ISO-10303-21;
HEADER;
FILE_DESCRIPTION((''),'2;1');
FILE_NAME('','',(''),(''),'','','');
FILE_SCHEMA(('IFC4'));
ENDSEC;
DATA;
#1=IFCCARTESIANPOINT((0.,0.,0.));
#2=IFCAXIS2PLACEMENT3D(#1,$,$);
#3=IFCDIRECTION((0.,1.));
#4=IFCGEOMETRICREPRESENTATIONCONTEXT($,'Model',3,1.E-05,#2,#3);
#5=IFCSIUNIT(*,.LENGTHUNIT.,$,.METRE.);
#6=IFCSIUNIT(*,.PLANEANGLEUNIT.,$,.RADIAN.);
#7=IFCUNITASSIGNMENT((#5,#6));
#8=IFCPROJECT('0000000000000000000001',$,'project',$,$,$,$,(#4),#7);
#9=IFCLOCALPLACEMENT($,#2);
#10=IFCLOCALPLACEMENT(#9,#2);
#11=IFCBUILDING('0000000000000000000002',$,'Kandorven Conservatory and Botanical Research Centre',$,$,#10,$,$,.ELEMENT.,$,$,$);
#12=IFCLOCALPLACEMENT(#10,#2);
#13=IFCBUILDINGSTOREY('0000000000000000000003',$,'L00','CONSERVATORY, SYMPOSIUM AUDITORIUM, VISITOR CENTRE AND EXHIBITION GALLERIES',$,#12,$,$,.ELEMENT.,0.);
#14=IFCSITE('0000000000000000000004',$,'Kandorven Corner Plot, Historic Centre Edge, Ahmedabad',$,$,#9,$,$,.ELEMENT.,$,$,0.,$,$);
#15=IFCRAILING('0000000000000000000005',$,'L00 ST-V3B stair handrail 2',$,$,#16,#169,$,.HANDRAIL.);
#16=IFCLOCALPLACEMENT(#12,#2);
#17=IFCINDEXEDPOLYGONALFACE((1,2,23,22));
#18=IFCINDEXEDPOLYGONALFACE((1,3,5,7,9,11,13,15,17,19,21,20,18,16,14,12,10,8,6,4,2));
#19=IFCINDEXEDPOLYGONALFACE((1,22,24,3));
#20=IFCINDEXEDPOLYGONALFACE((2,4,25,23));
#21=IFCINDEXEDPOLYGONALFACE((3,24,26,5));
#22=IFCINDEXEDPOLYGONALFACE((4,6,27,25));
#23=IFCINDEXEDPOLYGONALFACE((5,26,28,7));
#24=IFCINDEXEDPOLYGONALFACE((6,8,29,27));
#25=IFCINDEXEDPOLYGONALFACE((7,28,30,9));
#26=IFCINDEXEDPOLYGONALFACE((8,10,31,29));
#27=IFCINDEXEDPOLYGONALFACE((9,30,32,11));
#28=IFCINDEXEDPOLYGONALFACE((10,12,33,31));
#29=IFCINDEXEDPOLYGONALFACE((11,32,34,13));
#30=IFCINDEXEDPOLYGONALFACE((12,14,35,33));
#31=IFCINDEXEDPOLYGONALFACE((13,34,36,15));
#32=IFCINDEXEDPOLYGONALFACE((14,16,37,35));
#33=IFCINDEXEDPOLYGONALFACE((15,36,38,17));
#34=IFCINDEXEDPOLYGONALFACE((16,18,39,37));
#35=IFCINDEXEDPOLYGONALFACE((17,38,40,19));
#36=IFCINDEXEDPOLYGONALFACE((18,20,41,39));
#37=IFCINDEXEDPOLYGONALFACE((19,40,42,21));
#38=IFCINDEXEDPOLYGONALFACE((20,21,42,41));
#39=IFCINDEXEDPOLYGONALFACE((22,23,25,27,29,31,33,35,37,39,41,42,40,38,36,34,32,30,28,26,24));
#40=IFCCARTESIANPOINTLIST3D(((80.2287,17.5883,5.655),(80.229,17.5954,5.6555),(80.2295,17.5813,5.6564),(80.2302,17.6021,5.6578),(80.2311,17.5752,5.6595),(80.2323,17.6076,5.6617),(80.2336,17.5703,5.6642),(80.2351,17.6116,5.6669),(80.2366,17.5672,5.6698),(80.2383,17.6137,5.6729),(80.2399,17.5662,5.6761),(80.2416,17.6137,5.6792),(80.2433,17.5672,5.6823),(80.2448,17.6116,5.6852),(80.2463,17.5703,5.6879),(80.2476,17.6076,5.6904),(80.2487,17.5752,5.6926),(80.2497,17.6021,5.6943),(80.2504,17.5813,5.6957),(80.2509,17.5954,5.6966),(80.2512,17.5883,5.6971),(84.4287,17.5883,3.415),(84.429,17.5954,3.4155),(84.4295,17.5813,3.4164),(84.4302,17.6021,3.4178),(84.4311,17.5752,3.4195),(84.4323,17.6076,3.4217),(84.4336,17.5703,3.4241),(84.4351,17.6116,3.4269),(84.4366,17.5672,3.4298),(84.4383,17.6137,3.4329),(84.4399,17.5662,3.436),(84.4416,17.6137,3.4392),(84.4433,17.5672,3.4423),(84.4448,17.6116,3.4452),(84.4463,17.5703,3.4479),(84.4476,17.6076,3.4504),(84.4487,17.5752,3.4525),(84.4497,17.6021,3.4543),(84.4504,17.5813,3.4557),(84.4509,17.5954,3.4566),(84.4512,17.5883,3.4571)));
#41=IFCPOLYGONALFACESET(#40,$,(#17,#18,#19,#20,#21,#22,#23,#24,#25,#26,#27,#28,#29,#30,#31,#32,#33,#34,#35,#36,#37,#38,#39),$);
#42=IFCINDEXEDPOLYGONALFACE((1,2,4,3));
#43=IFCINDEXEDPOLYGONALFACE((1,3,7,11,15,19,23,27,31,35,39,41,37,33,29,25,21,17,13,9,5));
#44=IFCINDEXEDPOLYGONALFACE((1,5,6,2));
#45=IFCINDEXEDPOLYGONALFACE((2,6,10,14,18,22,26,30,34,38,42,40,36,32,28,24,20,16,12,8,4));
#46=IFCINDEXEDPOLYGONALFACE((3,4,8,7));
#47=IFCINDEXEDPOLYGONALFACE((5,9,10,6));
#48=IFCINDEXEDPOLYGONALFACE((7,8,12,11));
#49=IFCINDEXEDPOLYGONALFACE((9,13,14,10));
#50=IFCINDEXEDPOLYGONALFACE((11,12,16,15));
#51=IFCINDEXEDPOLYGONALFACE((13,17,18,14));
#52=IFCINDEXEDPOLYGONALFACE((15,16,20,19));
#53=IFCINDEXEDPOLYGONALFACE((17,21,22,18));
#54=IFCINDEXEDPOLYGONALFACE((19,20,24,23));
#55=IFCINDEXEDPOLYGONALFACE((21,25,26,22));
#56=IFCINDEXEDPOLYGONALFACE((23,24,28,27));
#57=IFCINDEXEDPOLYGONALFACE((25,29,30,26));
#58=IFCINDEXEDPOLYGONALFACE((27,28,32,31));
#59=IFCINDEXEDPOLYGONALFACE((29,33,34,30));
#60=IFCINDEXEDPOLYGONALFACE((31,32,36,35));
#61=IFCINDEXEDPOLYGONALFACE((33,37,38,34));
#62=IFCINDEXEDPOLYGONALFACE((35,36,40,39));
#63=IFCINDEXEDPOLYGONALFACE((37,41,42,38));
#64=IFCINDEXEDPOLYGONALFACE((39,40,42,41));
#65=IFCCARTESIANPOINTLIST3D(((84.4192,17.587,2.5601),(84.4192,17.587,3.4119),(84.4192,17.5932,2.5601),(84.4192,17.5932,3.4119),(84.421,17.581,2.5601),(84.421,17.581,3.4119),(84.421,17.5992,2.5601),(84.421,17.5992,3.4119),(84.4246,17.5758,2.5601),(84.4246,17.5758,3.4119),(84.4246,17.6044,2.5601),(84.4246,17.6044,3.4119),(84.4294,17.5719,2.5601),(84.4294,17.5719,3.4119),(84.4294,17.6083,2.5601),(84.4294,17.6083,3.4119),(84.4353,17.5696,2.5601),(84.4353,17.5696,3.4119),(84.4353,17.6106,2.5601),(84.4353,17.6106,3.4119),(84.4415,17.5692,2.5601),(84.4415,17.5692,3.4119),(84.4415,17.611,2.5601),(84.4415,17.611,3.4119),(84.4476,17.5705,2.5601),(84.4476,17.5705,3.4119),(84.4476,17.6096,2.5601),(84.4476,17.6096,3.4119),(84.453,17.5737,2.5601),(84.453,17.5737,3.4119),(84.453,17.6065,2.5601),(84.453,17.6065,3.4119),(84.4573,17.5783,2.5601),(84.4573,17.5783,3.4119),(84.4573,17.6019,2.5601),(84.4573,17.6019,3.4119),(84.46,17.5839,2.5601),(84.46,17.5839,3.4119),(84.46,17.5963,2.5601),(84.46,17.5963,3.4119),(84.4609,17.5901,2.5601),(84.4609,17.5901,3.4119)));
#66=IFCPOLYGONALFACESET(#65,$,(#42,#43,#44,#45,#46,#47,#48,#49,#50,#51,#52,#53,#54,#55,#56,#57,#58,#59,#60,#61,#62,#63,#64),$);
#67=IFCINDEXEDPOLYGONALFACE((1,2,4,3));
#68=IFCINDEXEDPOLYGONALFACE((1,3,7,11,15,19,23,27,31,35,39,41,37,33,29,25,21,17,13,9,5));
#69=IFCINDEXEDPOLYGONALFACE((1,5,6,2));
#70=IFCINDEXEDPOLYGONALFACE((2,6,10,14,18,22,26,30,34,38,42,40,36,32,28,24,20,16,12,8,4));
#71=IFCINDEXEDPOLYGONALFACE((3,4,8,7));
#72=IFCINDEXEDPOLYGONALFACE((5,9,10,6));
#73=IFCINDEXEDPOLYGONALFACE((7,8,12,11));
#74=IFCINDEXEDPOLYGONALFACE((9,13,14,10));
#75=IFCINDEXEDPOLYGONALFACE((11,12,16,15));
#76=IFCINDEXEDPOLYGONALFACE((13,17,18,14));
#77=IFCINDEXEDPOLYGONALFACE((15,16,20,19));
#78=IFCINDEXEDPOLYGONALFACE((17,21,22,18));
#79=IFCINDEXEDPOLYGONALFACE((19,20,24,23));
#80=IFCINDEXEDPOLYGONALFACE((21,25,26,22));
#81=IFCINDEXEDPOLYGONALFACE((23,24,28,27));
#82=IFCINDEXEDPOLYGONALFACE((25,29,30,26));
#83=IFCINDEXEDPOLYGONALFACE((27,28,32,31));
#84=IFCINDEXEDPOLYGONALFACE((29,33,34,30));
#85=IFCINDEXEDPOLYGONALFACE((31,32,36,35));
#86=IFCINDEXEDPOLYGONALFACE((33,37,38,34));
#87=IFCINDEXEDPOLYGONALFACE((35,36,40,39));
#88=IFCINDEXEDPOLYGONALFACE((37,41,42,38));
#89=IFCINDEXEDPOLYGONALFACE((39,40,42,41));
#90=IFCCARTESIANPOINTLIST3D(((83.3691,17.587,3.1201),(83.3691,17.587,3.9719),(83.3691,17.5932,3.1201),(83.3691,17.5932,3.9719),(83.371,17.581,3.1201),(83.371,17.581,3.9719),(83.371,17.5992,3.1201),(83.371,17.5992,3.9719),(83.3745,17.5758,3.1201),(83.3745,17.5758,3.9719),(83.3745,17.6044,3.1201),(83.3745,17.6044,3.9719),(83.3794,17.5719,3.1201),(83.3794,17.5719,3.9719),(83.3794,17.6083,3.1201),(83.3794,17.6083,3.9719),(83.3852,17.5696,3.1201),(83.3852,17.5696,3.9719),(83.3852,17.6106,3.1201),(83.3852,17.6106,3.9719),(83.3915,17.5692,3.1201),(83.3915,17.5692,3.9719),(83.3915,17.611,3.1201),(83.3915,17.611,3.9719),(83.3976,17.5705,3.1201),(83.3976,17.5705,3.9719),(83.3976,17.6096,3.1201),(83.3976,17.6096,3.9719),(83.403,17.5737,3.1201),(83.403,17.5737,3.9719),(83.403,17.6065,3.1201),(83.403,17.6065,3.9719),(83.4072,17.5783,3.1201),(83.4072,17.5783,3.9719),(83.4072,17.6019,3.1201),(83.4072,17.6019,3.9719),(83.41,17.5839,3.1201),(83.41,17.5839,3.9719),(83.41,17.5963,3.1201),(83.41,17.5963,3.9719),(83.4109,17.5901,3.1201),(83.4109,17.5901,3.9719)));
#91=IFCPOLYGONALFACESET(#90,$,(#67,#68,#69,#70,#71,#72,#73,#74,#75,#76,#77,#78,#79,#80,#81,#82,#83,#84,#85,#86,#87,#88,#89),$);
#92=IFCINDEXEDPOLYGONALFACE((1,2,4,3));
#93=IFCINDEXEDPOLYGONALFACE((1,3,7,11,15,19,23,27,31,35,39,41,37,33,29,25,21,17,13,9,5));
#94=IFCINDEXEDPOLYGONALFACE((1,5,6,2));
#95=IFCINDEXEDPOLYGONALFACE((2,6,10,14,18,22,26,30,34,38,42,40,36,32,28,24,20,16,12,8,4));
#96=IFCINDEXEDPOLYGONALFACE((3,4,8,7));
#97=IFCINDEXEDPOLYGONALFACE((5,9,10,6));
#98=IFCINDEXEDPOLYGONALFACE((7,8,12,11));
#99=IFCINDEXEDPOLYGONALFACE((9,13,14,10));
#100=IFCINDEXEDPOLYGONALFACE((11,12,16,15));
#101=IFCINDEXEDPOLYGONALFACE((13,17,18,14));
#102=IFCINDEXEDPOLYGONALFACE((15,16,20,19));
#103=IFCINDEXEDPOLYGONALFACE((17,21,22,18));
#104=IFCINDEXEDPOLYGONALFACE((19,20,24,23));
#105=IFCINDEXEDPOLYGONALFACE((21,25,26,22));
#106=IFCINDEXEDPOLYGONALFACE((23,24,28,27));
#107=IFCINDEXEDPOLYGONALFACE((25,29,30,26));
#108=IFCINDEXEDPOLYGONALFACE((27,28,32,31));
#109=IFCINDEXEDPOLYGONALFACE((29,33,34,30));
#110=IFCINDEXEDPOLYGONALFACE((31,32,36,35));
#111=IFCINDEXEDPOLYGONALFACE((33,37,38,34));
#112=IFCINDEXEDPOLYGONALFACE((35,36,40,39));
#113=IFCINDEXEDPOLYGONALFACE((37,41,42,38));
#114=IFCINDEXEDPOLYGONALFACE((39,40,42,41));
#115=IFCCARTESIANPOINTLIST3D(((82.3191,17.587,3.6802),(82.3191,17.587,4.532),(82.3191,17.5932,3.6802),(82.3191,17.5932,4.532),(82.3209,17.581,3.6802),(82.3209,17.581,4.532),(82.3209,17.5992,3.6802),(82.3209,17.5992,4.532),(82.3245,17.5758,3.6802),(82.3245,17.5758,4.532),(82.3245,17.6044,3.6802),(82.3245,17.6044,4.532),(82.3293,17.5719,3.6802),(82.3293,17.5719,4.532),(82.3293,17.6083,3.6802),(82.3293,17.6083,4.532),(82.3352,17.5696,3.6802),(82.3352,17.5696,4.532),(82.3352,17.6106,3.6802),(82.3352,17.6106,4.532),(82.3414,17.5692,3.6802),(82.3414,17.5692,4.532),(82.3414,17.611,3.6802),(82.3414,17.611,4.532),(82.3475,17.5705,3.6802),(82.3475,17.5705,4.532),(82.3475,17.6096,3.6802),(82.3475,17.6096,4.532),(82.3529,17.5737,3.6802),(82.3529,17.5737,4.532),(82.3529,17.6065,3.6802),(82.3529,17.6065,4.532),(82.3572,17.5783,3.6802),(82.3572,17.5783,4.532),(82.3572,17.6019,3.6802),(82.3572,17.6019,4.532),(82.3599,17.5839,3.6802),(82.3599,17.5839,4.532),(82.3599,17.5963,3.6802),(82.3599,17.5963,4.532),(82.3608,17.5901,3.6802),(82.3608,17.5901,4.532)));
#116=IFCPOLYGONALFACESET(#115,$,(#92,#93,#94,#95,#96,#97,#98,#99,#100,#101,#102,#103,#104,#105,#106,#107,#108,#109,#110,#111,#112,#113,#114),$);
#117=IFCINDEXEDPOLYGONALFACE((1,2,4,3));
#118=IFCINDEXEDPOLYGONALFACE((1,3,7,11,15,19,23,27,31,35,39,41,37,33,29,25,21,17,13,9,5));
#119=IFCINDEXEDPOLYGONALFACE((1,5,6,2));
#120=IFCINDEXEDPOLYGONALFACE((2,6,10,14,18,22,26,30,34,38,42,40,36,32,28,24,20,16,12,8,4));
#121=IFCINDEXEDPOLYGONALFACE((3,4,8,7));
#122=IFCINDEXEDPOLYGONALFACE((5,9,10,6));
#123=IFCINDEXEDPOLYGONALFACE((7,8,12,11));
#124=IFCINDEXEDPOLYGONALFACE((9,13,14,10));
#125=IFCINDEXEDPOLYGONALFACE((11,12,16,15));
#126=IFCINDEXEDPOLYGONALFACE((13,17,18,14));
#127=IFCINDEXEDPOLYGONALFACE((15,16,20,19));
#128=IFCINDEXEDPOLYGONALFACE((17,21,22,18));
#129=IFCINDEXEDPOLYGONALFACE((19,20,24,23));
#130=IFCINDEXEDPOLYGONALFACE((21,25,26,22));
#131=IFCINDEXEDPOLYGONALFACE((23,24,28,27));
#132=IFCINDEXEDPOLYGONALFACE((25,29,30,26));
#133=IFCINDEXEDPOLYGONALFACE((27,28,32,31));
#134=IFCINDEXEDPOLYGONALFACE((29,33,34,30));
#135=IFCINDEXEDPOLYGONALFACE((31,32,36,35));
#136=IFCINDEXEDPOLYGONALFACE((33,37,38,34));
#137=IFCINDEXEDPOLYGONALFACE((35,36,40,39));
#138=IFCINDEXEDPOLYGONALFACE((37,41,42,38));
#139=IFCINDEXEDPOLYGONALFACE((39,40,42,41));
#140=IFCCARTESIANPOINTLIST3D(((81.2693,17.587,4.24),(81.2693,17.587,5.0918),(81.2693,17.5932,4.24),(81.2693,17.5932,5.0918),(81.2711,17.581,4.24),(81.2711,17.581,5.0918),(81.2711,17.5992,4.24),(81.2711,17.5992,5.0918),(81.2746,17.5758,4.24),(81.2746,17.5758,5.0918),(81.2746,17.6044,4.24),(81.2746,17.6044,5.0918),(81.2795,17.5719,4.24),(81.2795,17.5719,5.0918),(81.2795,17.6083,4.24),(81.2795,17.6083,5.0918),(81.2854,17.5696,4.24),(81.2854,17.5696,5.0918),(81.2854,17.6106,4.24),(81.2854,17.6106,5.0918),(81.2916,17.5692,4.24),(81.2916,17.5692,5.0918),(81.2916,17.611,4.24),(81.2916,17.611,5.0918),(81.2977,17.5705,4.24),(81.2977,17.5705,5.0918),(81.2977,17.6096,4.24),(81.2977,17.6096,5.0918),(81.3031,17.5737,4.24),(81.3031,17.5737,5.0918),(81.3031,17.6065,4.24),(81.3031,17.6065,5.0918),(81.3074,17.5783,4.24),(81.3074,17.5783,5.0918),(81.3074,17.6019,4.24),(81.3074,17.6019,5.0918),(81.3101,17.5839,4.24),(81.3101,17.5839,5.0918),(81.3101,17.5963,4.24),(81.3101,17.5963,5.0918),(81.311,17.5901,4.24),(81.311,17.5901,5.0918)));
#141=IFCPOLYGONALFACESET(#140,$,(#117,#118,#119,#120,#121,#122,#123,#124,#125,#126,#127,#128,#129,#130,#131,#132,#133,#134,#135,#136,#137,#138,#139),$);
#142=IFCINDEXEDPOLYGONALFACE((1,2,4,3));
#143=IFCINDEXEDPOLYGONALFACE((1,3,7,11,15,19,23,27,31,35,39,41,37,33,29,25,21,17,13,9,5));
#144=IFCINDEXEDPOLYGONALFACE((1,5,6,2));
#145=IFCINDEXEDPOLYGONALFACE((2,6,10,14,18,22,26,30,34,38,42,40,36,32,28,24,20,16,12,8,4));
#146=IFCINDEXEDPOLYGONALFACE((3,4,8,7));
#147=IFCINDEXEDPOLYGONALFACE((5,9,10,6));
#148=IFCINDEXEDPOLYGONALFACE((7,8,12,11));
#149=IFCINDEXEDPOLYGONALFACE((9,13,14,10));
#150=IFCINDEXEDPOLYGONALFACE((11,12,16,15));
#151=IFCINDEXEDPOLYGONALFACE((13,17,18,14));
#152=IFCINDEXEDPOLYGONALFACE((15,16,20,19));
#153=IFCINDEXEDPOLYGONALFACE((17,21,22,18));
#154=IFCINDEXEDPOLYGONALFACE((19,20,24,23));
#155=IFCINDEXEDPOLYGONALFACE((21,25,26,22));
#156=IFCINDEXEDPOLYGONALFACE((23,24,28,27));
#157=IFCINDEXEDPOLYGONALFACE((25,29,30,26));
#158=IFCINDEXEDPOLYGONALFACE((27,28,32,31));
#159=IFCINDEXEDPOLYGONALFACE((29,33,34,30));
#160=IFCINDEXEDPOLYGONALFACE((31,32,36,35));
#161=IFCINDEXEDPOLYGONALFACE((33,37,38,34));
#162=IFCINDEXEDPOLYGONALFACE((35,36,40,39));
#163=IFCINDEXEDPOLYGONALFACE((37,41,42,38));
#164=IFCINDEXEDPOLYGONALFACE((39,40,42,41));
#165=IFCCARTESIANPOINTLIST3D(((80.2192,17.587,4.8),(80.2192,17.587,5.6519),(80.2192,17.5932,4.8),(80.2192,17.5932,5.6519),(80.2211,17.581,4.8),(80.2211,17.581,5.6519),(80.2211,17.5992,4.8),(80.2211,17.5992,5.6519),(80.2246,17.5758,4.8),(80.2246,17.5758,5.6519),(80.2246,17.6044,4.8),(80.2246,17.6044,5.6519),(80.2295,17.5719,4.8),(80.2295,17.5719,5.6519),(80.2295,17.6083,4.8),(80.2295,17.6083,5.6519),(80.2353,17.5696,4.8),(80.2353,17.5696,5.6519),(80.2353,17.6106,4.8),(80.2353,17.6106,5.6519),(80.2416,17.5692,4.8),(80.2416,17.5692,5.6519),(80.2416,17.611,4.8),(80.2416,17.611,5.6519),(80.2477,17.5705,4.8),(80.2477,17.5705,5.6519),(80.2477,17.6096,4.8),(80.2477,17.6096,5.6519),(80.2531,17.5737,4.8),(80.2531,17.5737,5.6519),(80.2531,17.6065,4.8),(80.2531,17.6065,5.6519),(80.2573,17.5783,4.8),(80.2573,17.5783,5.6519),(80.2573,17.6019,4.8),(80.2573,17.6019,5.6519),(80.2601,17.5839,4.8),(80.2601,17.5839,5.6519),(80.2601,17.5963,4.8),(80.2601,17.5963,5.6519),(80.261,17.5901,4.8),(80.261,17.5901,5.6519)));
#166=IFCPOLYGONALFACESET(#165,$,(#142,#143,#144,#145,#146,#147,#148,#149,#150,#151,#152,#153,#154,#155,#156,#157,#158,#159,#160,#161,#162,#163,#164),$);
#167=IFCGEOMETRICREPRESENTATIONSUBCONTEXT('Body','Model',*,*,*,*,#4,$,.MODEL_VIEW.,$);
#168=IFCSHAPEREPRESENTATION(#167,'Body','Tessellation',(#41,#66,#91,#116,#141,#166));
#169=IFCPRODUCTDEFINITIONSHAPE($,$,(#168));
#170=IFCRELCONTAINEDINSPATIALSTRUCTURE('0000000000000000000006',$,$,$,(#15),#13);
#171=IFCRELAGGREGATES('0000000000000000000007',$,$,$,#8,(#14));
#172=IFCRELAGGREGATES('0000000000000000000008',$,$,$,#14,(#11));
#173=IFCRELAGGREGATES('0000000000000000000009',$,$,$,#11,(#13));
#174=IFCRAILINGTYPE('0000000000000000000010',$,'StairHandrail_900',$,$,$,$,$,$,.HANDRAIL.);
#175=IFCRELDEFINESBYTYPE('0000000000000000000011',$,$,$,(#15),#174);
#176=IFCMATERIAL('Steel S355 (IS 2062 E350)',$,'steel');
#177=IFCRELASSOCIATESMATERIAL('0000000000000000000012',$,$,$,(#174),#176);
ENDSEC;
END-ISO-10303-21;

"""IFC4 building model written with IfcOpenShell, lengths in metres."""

from ifc_helpers import new_model, si_unit, direction, frame, origin, origin_2d, place, context, subcontext, project, spatial, circle, extrude, material, type_object, element, save


model = new_model("IFC4")

# Units and contexts
model_context = context("Model", 3, precision=1e-05, world=origin(), true_north=direction((0.0, 1.0)))
body_context = subcontext(model_context, "Body", "Model", "MODEL_VIEW")
ifc_project = project(units=[si_unit("LENGTHUNIT", "METRE"), si_unit("PLANEANGLEUNIT", "RADIAN")], contexts=[model_context])

# Site, building, storey
site_placement = place(None, origin())
site = spatial("IfcSite", under=ifc_project, at=site_placement, Name="Kandorven Corner Plot, Historic Centre Edge, Ahmedabad", CompositionType="ELEMENT", RefElevation=0.0)
building_placement = place(site_placement, origin())
building = spatial("IfcBuilding", under=site, at=building_placement, Name="Kandorven Conservatory and Botanical Research Centre", CompositionType="ELEMENT")
storey_placement = place(building_placement, origin())
storey = spatial("IfcBuildingStorey", under=building, at=storey_placement, Name="L00", Description="CONSERVATORY, SYMPOSIUM AUDITORIUM, VISITOR CENTRE AND EXHIBITION GALLERIES", CompositionType="ELEMENT", Elevation=0.0)

# Railing
ifc_material_1 = material(Name="Steel S355 (IS 2062 E350)", Category="steel")
railing_type_1 = type_object("IfcRailingType", Name="StairHandrail_900", PredefinedType="HANDRAIL", material=ifc_material_1)
railing_1_placement = place(storey_placement, frame((84.4399, 17.5901, 2.5601)))
element("IfcRailing", 1, at=railing_1_placement, inside=storey, type_object=railing_type_1, Name="L00 ST-V3B stair handrail 2", PredefinedType="HANDRAIL", context=body_context, shape_type="SweptSolid", body=[
    extrude(circle(Radius=0.0239, at=origin_2d()), frame((0.0, 0.0, 0.876), z_axis=(-0.882352, 0.0, 0.470591), x_axis=(0.0, -1.0, 0.0)), (0.0, 0.0, 1.0), 4.76),
    extrude(circle(Radius=0.021, at=origin_2d()), origin(), (0.0, 0.0, 1.0), 0.8518),
    extrude(circle(Radius=0.021, at=origin_2d()), frame((-1.05, 0.0, 0.5601)), (0.0, 0.0, 1.0), 0.8518),
    extrude(circle(Radius=0.021, at=origin_2d()), frame((-2.1001, 0.0, 1.1201)), (0.0, 0.0, 1.0), 0.8518),
    extrude(circle(Radius=0.021, at=origin_2d()), frame((-3.1499, 0.0, 1.6799)), (0.0, 0.0, 1.0), 0.8518),
    extrude(circle(Radius=0.021, at=origin_2d()), frame((-4.2, 0.0, 2.24)), (0.0, 0.0, 1.0), 0.8518),
])

save(model, "model.ifc")
